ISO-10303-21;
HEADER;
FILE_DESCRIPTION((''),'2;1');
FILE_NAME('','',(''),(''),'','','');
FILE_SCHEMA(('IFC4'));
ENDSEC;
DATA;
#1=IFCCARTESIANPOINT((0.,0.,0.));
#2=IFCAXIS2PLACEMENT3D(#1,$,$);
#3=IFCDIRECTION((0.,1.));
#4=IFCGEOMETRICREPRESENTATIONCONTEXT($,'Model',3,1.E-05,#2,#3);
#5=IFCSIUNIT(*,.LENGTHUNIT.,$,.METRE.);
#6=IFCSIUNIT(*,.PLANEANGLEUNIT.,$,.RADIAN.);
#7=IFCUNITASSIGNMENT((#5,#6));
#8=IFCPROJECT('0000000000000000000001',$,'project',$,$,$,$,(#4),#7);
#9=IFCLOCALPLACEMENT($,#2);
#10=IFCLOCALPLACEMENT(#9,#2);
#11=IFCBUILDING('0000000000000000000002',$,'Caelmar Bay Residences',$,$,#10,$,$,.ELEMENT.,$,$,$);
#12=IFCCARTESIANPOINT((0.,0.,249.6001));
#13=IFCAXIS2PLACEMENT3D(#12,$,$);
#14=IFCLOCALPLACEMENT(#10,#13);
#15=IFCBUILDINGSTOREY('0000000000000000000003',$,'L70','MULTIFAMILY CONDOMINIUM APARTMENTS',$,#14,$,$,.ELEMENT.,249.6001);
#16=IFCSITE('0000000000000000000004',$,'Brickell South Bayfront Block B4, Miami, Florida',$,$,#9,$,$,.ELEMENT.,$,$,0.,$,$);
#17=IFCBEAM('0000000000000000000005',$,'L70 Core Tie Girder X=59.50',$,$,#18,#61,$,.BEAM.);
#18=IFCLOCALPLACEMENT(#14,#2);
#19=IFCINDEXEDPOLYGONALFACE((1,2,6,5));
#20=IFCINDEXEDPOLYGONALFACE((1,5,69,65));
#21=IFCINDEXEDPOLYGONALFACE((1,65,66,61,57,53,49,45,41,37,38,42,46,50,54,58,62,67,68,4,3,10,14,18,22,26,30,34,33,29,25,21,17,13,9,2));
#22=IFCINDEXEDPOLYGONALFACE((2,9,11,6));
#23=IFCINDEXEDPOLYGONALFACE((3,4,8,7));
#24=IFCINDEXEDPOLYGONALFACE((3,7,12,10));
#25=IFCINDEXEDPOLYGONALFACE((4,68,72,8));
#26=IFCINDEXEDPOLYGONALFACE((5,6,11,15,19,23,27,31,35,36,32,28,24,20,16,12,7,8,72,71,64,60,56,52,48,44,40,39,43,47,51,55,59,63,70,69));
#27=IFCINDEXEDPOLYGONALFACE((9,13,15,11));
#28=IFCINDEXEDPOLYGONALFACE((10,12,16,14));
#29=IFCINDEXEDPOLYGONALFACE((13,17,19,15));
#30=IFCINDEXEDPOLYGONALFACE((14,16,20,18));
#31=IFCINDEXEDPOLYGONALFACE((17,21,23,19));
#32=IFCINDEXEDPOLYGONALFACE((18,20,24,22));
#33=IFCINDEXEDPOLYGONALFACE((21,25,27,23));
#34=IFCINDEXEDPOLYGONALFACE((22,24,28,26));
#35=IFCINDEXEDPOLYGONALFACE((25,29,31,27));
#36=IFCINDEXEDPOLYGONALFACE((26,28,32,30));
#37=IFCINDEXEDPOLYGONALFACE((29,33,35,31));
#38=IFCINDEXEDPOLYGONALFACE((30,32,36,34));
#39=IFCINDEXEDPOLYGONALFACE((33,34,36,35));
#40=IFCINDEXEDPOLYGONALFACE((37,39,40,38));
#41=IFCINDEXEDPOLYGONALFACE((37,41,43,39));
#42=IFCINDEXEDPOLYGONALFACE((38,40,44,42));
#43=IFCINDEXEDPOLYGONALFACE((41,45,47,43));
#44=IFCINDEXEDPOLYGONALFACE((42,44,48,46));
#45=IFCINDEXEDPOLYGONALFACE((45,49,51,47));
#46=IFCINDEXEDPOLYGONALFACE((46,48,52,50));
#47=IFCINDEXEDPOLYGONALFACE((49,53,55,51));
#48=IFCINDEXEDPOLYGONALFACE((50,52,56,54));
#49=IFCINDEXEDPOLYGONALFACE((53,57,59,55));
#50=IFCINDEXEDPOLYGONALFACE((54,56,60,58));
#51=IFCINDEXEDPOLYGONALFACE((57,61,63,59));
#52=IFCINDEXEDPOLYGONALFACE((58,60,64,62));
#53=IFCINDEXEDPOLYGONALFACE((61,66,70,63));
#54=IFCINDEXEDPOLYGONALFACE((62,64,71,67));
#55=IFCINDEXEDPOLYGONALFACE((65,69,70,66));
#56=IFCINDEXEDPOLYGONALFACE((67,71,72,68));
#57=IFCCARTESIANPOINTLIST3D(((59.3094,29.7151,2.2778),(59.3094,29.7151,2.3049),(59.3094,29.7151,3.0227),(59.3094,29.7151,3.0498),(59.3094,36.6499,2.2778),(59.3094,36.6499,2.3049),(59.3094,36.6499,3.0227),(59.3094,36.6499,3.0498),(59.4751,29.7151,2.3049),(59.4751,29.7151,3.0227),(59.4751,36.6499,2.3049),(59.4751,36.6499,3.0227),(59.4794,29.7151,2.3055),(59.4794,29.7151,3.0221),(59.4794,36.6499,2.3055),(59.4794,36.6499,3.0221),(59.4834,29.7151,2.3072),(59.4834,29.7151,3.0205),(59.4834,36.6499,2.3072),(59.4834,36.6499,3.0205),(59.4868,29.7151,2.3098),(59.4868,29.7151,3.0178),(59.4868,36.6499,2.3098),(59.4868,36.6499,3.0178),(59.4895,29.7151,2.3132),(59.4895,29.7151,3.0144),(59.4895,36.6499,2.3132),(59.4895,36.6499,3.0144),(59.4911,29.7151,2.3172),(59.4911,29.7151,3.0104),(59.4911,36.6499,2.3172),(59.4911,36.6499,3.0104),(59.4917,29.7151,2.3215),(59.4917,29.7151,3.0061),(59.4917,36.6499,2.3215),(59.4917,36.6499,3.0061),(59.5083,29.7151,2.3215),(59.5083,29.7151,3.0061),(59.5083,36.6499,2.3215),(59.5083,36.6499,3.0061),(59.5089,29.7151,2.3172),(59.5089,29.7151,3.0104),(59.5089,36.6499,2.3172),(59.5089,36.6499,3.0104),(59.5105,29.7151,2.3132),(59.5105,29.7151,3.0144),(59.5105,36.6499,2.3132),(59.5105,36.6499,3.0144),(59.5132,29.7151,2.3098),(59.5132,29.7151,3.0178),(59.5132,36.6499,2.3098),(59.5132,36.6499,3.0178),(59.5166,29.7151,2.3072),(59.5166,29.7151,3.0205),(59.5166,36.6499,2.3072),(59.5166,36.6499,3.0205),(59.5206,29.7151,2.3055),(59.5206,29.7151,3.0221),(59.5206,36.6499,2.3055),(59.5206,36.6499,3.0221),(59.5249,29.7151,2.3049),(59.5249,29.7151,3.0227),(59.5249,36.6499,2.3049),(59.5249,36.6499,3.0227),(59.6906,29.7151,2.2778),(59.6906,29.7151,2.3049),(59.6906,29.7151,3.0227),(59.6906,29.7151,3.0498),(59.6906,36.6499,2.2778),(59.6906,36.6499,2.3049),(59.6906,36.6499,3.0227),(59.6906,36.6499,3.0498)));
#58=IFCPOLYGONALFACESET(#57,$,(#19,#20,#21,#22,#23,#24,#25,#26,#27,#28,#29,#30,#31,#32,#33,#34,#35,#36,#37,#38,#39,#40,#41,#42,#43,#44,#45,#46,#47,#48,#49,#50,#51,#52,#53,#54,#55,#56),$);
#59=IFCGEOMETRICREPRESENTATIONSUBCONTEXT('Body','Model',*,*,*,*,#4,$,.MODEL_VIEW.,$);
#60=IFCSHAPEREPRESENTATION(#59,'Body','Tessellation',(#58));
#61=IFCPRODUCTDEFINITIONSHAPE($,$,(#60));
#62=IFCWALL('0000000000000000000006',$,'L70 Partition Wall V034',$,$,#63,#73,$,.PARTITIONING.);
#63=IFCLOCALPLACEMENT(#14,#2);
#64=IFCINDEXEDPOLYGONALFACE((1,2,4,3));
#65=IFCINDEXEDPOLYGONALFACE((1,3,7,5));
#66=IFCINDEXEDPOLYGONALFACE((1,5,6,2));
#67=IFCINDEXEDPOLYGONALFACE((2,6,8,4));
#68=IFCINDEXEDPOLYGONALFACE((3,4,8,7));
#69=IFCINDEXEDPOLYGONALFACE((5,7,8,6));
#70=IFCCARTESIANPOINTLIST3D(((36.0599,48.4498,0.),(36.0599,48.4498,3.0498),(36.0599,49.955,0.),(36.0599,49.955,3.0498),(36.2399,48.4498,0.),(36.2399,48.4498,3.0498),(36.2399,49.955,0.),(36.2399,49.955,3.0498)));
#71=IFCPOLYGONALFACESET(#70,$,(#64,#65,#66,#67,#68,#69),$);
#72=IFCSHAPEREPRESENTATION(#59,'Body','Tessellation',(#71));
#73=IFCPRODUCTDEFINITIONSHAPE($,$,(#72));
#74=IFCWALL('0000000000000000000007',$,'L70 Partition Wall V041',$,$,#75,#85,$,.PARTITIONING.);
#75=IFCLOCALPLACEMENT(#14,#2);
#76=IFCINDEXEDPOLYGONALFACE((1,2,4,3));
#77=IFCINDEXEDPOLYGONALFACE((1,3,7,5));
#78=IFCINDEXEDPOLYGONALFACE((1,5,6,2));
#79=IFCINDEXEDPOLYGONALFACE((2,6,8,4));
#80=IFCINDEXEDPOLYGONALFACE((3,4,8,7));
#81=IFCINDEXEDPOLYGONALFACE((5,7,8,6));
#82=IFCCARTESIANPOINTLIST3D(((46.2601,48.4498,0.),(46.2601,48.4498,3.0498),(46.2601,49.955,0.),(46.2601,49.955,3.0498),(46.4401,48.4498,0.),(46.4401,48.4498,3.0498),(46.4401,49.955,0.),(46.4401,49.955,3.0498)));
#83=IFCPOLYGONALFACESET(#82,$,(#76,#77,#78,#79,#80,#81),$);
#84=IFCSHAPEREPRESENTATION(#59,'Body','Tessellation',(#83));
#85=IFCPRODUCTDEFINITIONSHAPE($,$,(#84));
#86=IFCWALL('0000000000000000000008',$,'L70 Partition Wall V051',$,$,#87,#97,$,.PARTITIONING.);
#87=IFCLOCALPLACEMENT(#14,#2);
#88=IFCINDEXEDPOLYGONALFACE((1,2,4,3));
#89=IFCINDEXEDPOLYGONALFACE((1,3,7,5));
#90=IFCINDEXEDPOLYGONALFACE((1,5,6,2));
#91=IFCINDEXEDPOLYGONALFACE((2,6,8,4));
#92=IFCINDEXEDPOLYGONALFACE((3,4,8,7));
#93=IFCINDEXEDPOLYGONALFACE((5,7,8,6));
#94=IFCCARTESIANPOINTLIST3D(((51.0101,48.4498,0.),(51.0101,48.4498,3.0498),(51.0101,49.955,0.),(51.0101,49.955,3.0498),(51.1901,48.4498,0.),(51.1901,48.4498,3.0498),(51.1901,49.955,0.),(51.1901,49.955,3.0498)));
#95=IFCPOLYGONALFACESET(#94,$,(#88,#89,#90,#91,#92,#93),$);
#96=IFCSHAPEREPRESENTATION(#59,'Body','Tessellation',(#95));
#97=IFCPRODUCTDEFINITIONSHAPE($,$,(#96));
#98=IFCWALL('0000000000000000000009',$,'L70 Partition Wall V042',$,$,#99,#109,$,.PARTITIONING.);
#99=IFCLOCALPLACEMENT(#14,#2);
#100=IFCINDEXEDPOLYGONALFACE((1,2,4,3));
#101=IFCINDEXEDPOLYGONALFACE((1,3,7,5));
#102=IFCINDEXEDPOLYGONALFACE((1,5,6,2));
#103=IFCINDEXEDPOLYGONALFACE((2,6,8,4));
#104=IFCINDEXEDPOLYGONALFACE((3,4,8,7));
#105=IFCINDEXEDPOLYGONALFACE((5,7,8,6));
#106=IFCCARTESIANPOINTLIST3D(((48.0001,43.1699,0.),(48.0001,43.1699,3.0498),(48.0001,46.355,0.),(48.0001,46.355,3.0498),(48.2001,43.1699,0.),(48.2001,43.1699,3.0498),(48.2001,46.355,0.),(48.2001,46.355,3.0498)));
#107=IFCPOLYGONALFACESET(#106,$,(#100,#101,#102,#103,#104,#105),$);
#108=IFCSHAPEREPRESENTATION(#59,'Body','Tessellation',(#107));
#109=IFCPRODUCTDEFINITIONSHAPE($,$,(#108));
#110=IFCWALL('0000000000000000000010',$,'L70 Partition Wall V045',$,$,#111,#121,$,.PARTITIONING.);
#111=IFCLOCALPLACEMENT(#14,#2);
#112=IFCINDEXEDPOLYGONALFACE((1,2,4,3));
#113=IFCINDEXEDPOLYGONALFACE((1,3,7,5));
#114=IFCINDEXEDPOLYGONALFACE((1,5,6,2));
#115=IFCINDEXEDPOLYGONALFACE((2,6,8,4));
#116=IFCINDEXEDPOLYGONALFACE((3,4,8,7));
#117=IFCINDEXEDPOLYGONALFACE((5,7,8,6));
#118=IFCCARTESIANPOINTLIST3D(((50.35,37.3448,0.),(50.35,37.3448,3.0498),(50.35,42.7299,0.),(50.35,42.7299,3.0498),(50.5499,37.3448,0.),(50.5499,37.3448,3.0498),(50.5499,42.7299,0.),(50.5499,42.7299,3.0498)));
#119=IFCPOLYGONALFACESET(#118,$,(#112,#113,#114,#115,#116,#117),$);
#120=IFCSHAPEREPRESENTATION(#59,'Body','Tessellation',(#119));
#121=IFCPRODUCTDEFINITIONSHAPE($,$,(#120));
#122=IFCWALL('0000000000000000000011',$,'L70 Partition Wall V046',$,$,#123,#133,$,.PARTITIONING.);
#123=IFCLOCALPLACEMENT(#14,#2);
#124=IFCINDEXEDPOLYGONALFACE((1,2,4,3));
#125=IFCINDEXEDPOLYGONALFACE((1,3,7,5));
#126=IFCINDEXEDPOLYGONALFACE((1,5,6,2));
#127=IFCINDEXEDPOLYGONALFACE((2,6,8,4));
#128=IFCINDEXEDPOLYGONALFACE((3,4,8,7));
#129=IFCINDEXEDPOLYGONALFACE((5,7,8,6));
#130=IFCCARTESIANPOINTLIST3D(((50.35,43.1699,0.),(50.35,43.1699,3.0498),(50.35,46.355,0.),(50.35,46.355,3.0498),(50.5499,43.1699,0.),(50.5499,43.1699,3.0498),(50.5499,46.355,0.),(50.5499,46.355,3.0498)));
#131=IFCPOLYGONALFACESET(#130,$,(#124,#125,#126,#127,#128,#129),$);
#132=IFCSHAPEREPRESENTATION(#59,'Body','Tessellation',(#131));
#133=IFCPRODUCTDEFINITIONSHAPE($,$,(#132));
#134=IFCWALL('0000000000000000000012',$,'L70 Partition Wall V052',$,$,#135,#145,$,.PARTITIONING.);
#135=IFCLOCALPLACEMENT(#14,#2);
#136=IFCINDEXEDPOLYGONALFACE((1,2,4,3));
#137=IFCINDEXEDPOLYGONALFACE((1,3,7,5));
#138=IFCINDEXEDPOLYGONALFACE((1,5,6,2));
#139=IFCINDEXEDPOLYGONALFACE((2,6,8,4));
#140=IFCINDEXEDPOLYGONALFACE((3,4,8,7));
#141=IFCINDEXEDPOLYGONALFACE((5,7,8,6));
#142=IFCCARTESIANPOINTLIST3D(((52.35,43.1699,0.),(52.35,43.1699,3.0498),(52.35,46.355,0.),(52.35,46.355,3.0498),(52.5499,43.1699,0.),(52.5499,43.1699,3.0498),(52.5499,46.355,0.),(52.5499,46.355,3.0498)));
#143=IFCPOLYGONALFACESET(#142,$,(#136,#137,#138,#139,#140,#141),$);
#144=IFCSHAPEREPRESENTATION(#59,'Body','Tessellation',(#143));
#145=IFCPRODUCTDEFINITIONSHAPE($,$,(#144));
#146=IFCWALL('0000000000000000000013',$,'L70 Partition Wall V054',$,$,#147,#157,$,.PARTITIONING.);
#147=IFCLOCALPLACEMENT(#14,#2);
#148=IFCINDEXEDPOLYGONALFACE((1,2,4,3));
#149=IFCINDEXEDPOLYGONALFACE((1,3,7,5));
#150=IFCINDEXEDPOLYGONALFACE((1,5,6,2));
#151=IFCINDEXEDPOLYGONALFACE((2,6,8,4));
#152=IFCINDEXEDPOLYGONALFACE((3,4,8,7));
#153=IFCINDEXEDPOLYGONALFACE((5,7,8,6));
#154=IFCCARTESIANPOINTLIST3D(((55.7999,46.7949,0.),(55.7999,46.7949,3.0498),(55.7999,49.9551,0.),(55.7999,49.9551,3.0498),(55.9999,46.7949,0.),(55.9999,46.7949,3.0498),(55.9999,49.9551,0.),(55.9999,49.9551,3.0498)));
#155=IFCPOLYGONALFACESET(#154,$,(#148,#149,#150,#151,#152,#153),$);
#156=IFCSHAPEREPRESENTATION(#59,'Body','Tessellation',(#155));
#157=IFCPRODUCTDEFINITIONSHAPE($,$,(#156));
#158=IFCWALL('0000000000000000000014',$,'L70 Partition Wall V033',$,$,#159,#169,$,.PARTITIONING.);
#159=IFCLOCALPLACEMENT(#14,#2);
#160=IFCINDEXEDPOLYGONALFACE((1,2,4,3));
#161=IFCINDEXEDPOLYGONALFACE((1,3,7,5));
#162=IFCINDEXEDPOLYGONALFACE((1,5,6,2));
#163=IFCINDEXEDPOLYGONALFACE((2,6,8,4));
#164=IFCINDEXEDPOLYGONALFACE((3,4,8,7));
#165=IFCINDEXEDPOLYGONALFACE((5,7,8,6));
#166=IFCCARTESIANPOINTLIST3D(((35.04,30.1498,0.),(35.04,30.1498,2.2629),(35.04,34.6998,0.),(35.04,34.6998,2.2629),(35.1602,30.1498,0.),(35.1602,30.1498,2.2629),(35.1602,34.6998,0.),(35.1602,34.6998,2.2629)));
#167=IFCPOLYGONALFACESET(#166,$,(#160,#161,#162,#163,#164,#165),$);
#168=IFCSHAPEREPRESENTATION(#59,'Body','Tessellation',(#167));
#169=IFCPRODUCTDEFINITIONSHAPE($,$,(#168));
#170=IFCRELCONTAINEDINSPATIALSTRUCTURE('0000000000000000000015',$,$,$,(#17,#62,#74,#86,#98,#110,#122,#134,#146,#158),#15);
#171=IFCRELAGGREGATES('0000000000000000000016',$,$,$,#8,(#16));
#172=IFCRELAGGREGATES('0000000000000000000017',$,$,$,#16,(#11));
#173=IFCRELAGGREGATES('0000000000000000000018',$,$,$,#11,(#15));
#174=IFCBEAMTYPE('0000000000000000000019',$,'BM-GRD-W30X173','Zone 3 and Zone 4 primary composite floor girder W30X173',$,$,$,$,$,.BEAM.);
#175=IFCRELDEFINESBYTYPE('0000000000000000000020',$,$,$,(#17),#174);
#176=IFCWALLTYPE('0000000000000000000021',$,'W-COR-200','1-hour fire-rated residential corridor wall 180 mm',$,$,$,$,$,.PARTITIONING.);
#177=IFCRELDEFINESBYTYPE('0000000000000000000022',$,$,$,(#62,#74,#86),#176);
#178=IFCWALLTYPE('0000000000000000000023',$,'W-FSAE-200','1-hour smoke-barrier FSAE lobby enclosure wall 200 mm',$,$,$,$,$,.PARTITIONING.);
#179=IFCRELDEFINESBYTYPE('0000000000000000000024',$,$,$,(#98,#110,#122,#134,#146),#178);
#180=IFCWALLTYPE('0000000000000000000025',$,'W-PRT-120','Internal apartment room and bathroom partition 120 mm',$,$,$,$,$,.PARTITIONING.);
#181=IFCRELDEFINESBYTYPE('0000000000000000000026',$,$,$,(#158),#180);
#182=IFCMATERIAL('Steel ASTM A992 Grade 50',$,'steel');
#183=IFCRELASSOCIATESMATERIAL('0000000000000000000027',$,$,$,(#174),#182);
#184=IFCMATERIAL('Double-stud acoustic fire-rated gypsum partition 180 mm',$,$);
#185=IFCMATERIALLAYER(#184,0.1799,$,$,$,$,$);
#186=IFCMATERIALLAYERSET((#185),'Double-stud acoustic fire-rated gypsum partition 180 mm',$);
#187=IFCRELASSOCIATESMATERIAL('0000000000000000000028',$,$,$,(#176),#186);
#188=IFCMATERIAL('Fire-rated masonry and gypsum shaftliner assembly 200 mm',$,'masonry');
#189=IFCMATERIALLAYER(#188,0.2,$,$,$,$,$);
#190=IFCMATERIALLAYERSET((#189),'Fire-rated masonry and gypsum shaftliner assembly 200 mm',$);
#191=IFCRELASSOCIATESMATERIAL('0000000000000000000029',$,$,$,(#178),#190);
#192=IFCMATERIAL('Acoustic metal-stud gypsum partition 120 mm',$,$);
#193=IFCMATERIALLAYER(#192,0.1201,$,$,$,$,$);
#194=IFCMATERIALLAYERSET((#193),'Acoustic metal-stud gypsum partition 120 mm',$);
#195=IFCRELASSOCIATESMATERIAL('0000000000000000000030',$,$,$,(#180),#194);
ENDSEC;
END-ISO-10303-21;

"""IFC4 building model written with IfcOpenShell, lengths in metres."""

from ifc_helpers import new_model, si_unit, direction, frame, frame_2d, origin, origin_2d, place, context, subcontext, project, spatial, rectangle, i_section, extrude, material, layer, layer_set, material_profile, profile_set, type_object, element, save


model = new_model("IFC4")

# Units and contexts
model_context = context("Model", 3, precision=1e-05, world=origin(), true_north=direction((0.0, 1.0)))
body_context = subcontext(model_context, "Body", "Model", "MODEL_VIEW")
ifc_project = project(units=[si_unit("LENGTHUNIT", "METRE"), si_unit("PLANEANGLEUNIT", "RADIAN")], contexts=[model_context])

# Site, building, storey
site_placement = place(None, origin())
site = spatial("IfcSite", under=ifc_project, at=site_placement, Name="Brickell South Bayfront Block B4, Miami, Florida", CompositionType="ELEMENT", RefElevation=0.0)
building_placement = place(site_placement, origin())
building = spatial("IfcBuilding", under=site, at=building_placement, Name="Caelmar Bay Residences", CompositionType="ELEMENT")
storey_placement = place(building_placement, frame((0.0, 0.0, 249.6001)))
storey = spatial("IfcBuildingStorey", under=building, at=storey_placement, Name="L70", Description="MULTIFAMILY CONDOMINIUM APARTMENTS", CompositionType="ELEMENT", Elevation=249.6001)

# Beam
ifc_material_1 = material(Name="Steel ASTM A992 Grade 50", Category="steel")
ifc_material_profile = material_profile(ifc_material_1, i_section(OverallWidth=0.3811, OverallDepth=0.772, WebThickness=0.0166, FlangeThickness=0.0271, FilletRadius=0.0166, at=origin_2d()), Name="W30X173")
ifc_profile_set = profile_set([ifc_material_profile], Name="Steel ASTM A992 Grade 50")
beam_type = type_object("IfcBeamType", Name="BM-GRD-W30X173", Description="Zone 3 and Zone 4 primary composite floor girder W30X173", PredefinedType="BEAM", material=ifc_profile_set)
beam_placement = place(storey_placement, frame((59.5, 29.7151, 2.6638), z_axis=(0.0, 1.0, 0.0), x_axis=(-1.0, 0.0, 0.0)))
element("IfcBeam", 1, at=beam_placement, inside=storey, type_object=beam_type, Name="L70 Core Tie Girder X=59.50", PredefinedType="BEAM", context=body_context, shape_type="SweptSolid", body=[
    extrude(i_section(OverallWidth=0.3811, OverallDepth=0.772, WebThickness=0.0166, FlangeThickness=0.0271, FilletRadius=0.0166, at=origin_2d()), origin(), (0.0, 0.0, 1.0), 6.9348),
])

# Walls
ifc_material_2 = material(Name="Double-stud acoustic fire-rated gypsum partition 180 mm")
ifc_layer_1 = layer(ifc_material_2, 0.1799)
ifc_layer_set_1 = layer_set([ifc_layer_1], Name="Double-stud acoustic fire-rated gypsum partition 180 mm")
wall_type_1 = type_object("IfcWallType", Name="W-COR-200", Description="1-hour fire-rated residential corridor wall 180 mm", PredefinedType="PARTITIONING", material=ifc_layer_set_1)
for number, where, z_axis, x_axis, name in (
    (2, (36.1499, 48.45, 0.0), (0.0, 0.0, 1.0), (0.0, 1.0, 0.0), "L70 Partition Wall V034"),
    (3, (46.3501, 48.45, 0.0), (0.0, 0.0, 1.0), (0.0, 1.0, 0.0), "L70 Partition Wall V041"),
    (4, (51.1001, 48.45, 0.0), (0.0, 0.0, 1.0), (0.0, 1.0, 0.0), "L70 Partition Wall V051"),
):
    element("IfcWall", number, at=place(storey_placement, frame(where, z_axis=z_axis, x_axis=x_axis)), inside=storey, type_object=wall_type_1, Name=name, PredefinedType="PARTITIONING", context=body_context, shape_type="SweptSolid", body=[
        extrude(rectangle(XDim=1.5051, YDim=0.1799, at=frame_2d((0.7524, 0.0))), origin(), (0.0, 0.0, 1.0), 3.0498),
    ])
ifc_material_3 = material(Name="Fire-rated masonry and gypsum shaftliner assembly 200 mm", Category="masonry")
ifc_layer_2 = layer(ifc_material_3, 0.2)
ifc_layer_set_2 = layer_set([ifc_layer_2], Name="Fire-rated masonry and gypsum shaftliner assembly 200 mm")
wall_type_2 = type_object("IfcWallType", Name="W-FSAE-200", Description="1-hour smoke-barrier FSAE lobby enclosure wall 200 mm", PredefinedType="PARTITIONING", material=ifc_layer_set_2)
wall_1_placement = place(storey_placement, frame((48.1001, 43.1699, 0.0), z_axis=(0.0, 0.0, 1.0), x_axis=(0.0, 1.0, 0.0)))
element("IfcWall", 5, at=wall_1_placement, inside=storey, type_object=wall_type_2, Name="L70 Partition Wall V042", PredefinedType="PARTITIONING", context=body_context, shape_type="SweptSolid", body=[
    extrude(rectangle(XDim=3.1851, YDim=0.2, at=frame_2d((1.5925, 0.0))), origin(), (0.0, 0.0, 1.0), 3.0498),
])
wall_2_placement = place(storey_placement, frame((50.45, 37.345, 0.0), z_axis=(0.0, 0.0, 1.0), x_axis=(0.0, 1.0, 0.0)))
element("IfcWall", 6, at=wall_2_placement, inside=storey, type_object=wall_type_2, Name="L70 Partition Wall V045", PredefinedType="PARTITIONING", context=body_context, shape_type="SweptSolid", body=[
    extrude(rectangle(XDim=5.385, YDim=0.2, at=frame_2d((2.6924, 0.0))), origin(), (0.0, 0.0, 1.0), 3.0498),
])
for number, where, z_axis, x_axis, name in (
    (7, (50.45, 43.1699, 0.0), (0.0, 0.0, 1.0), (0.0, 1.0, 0.0), "L70 Partition Wall V046"),
    (8, (52.45, 43.1699, 0.0), (0.0, 0.0, 1.0), (0.0, 1.0, 0.0), "L70 Partition Wall V052"),
):
    element("IfcWall", number, at=place(storey_placement, frame(where, z_axis=z_axis, x_axis=x_axis)), inside=storey, type_object=wall_type_2, Name=name, PredefinedType="PARTITIONING", context=body_context, shape_type="SweptSolid", body=[
        extrude(rectangle(XDim=3.1851, YDim=0.2, at=frame_2d((1.5925, 0.0))), origin(), (0.0, 0.0, 1.0), 3.0498),
    ])
wall_3_placement = place(storey_placement, frame((55.8999, 46.7949, 0.0), z_axis=(0.0, 0.0, 1.0), x_axis=(0.0, 1.0, 0.0)))
element("IfcWall", 9, at=wall_3_placement, inside=storey, type_object=wall_type_2, Name="L70 Partition Wall V054", PredefinedType="PARTITIONING", context=body_context, shape_type="SweptSolid", body=[
    extrude(rectangle(XDim=3.1602, YDim=0.2, at=frame_2d((1.5801, 0.0))), origin(), (0.0, 0.0, 1.0), 3.0498),
])
ifc_material_4 = material(Name="Acoustic metal-stud gypsum partition 120 mm")
ifc_layer_3 = layer(ifc_material_4, 0.1201)
ifc_layer_set_3 = layer_set([ifc_layer_3], Name="Acoustic metal-stud gypsum partition 120 mm")
wall_type_3 = type_object("IfcWallType", Name="W-PRT-120", Description="Internal apartment room and bathroom partition 120 mm", PredefinedType="PARTITIONING", material=ifc_layer_set_3)
wall_4_placement = place(storey_placement, frame((35.1001, 30.1499, 0.0), z_axis=(0.0, 0.0, 1.0), x_axis=(0.0, 1.0, 0.0)))
element("IfcWall", 10, at=wall_4_placement, inside=storey, type_object=wall_type_3, Name="L70 Partition Wall V033", PredefinedType="PARTITIONING", context=body_context, shape_type="SweptSolid", body=[
    extrude(rectangle(XDim=4.55, YDim=0.1201, at=frame_2d((2.2749, 0.0))), origin(), (0.0, 0.0, 1.0), 2.2629),
])

save(model, "model.ifc")
